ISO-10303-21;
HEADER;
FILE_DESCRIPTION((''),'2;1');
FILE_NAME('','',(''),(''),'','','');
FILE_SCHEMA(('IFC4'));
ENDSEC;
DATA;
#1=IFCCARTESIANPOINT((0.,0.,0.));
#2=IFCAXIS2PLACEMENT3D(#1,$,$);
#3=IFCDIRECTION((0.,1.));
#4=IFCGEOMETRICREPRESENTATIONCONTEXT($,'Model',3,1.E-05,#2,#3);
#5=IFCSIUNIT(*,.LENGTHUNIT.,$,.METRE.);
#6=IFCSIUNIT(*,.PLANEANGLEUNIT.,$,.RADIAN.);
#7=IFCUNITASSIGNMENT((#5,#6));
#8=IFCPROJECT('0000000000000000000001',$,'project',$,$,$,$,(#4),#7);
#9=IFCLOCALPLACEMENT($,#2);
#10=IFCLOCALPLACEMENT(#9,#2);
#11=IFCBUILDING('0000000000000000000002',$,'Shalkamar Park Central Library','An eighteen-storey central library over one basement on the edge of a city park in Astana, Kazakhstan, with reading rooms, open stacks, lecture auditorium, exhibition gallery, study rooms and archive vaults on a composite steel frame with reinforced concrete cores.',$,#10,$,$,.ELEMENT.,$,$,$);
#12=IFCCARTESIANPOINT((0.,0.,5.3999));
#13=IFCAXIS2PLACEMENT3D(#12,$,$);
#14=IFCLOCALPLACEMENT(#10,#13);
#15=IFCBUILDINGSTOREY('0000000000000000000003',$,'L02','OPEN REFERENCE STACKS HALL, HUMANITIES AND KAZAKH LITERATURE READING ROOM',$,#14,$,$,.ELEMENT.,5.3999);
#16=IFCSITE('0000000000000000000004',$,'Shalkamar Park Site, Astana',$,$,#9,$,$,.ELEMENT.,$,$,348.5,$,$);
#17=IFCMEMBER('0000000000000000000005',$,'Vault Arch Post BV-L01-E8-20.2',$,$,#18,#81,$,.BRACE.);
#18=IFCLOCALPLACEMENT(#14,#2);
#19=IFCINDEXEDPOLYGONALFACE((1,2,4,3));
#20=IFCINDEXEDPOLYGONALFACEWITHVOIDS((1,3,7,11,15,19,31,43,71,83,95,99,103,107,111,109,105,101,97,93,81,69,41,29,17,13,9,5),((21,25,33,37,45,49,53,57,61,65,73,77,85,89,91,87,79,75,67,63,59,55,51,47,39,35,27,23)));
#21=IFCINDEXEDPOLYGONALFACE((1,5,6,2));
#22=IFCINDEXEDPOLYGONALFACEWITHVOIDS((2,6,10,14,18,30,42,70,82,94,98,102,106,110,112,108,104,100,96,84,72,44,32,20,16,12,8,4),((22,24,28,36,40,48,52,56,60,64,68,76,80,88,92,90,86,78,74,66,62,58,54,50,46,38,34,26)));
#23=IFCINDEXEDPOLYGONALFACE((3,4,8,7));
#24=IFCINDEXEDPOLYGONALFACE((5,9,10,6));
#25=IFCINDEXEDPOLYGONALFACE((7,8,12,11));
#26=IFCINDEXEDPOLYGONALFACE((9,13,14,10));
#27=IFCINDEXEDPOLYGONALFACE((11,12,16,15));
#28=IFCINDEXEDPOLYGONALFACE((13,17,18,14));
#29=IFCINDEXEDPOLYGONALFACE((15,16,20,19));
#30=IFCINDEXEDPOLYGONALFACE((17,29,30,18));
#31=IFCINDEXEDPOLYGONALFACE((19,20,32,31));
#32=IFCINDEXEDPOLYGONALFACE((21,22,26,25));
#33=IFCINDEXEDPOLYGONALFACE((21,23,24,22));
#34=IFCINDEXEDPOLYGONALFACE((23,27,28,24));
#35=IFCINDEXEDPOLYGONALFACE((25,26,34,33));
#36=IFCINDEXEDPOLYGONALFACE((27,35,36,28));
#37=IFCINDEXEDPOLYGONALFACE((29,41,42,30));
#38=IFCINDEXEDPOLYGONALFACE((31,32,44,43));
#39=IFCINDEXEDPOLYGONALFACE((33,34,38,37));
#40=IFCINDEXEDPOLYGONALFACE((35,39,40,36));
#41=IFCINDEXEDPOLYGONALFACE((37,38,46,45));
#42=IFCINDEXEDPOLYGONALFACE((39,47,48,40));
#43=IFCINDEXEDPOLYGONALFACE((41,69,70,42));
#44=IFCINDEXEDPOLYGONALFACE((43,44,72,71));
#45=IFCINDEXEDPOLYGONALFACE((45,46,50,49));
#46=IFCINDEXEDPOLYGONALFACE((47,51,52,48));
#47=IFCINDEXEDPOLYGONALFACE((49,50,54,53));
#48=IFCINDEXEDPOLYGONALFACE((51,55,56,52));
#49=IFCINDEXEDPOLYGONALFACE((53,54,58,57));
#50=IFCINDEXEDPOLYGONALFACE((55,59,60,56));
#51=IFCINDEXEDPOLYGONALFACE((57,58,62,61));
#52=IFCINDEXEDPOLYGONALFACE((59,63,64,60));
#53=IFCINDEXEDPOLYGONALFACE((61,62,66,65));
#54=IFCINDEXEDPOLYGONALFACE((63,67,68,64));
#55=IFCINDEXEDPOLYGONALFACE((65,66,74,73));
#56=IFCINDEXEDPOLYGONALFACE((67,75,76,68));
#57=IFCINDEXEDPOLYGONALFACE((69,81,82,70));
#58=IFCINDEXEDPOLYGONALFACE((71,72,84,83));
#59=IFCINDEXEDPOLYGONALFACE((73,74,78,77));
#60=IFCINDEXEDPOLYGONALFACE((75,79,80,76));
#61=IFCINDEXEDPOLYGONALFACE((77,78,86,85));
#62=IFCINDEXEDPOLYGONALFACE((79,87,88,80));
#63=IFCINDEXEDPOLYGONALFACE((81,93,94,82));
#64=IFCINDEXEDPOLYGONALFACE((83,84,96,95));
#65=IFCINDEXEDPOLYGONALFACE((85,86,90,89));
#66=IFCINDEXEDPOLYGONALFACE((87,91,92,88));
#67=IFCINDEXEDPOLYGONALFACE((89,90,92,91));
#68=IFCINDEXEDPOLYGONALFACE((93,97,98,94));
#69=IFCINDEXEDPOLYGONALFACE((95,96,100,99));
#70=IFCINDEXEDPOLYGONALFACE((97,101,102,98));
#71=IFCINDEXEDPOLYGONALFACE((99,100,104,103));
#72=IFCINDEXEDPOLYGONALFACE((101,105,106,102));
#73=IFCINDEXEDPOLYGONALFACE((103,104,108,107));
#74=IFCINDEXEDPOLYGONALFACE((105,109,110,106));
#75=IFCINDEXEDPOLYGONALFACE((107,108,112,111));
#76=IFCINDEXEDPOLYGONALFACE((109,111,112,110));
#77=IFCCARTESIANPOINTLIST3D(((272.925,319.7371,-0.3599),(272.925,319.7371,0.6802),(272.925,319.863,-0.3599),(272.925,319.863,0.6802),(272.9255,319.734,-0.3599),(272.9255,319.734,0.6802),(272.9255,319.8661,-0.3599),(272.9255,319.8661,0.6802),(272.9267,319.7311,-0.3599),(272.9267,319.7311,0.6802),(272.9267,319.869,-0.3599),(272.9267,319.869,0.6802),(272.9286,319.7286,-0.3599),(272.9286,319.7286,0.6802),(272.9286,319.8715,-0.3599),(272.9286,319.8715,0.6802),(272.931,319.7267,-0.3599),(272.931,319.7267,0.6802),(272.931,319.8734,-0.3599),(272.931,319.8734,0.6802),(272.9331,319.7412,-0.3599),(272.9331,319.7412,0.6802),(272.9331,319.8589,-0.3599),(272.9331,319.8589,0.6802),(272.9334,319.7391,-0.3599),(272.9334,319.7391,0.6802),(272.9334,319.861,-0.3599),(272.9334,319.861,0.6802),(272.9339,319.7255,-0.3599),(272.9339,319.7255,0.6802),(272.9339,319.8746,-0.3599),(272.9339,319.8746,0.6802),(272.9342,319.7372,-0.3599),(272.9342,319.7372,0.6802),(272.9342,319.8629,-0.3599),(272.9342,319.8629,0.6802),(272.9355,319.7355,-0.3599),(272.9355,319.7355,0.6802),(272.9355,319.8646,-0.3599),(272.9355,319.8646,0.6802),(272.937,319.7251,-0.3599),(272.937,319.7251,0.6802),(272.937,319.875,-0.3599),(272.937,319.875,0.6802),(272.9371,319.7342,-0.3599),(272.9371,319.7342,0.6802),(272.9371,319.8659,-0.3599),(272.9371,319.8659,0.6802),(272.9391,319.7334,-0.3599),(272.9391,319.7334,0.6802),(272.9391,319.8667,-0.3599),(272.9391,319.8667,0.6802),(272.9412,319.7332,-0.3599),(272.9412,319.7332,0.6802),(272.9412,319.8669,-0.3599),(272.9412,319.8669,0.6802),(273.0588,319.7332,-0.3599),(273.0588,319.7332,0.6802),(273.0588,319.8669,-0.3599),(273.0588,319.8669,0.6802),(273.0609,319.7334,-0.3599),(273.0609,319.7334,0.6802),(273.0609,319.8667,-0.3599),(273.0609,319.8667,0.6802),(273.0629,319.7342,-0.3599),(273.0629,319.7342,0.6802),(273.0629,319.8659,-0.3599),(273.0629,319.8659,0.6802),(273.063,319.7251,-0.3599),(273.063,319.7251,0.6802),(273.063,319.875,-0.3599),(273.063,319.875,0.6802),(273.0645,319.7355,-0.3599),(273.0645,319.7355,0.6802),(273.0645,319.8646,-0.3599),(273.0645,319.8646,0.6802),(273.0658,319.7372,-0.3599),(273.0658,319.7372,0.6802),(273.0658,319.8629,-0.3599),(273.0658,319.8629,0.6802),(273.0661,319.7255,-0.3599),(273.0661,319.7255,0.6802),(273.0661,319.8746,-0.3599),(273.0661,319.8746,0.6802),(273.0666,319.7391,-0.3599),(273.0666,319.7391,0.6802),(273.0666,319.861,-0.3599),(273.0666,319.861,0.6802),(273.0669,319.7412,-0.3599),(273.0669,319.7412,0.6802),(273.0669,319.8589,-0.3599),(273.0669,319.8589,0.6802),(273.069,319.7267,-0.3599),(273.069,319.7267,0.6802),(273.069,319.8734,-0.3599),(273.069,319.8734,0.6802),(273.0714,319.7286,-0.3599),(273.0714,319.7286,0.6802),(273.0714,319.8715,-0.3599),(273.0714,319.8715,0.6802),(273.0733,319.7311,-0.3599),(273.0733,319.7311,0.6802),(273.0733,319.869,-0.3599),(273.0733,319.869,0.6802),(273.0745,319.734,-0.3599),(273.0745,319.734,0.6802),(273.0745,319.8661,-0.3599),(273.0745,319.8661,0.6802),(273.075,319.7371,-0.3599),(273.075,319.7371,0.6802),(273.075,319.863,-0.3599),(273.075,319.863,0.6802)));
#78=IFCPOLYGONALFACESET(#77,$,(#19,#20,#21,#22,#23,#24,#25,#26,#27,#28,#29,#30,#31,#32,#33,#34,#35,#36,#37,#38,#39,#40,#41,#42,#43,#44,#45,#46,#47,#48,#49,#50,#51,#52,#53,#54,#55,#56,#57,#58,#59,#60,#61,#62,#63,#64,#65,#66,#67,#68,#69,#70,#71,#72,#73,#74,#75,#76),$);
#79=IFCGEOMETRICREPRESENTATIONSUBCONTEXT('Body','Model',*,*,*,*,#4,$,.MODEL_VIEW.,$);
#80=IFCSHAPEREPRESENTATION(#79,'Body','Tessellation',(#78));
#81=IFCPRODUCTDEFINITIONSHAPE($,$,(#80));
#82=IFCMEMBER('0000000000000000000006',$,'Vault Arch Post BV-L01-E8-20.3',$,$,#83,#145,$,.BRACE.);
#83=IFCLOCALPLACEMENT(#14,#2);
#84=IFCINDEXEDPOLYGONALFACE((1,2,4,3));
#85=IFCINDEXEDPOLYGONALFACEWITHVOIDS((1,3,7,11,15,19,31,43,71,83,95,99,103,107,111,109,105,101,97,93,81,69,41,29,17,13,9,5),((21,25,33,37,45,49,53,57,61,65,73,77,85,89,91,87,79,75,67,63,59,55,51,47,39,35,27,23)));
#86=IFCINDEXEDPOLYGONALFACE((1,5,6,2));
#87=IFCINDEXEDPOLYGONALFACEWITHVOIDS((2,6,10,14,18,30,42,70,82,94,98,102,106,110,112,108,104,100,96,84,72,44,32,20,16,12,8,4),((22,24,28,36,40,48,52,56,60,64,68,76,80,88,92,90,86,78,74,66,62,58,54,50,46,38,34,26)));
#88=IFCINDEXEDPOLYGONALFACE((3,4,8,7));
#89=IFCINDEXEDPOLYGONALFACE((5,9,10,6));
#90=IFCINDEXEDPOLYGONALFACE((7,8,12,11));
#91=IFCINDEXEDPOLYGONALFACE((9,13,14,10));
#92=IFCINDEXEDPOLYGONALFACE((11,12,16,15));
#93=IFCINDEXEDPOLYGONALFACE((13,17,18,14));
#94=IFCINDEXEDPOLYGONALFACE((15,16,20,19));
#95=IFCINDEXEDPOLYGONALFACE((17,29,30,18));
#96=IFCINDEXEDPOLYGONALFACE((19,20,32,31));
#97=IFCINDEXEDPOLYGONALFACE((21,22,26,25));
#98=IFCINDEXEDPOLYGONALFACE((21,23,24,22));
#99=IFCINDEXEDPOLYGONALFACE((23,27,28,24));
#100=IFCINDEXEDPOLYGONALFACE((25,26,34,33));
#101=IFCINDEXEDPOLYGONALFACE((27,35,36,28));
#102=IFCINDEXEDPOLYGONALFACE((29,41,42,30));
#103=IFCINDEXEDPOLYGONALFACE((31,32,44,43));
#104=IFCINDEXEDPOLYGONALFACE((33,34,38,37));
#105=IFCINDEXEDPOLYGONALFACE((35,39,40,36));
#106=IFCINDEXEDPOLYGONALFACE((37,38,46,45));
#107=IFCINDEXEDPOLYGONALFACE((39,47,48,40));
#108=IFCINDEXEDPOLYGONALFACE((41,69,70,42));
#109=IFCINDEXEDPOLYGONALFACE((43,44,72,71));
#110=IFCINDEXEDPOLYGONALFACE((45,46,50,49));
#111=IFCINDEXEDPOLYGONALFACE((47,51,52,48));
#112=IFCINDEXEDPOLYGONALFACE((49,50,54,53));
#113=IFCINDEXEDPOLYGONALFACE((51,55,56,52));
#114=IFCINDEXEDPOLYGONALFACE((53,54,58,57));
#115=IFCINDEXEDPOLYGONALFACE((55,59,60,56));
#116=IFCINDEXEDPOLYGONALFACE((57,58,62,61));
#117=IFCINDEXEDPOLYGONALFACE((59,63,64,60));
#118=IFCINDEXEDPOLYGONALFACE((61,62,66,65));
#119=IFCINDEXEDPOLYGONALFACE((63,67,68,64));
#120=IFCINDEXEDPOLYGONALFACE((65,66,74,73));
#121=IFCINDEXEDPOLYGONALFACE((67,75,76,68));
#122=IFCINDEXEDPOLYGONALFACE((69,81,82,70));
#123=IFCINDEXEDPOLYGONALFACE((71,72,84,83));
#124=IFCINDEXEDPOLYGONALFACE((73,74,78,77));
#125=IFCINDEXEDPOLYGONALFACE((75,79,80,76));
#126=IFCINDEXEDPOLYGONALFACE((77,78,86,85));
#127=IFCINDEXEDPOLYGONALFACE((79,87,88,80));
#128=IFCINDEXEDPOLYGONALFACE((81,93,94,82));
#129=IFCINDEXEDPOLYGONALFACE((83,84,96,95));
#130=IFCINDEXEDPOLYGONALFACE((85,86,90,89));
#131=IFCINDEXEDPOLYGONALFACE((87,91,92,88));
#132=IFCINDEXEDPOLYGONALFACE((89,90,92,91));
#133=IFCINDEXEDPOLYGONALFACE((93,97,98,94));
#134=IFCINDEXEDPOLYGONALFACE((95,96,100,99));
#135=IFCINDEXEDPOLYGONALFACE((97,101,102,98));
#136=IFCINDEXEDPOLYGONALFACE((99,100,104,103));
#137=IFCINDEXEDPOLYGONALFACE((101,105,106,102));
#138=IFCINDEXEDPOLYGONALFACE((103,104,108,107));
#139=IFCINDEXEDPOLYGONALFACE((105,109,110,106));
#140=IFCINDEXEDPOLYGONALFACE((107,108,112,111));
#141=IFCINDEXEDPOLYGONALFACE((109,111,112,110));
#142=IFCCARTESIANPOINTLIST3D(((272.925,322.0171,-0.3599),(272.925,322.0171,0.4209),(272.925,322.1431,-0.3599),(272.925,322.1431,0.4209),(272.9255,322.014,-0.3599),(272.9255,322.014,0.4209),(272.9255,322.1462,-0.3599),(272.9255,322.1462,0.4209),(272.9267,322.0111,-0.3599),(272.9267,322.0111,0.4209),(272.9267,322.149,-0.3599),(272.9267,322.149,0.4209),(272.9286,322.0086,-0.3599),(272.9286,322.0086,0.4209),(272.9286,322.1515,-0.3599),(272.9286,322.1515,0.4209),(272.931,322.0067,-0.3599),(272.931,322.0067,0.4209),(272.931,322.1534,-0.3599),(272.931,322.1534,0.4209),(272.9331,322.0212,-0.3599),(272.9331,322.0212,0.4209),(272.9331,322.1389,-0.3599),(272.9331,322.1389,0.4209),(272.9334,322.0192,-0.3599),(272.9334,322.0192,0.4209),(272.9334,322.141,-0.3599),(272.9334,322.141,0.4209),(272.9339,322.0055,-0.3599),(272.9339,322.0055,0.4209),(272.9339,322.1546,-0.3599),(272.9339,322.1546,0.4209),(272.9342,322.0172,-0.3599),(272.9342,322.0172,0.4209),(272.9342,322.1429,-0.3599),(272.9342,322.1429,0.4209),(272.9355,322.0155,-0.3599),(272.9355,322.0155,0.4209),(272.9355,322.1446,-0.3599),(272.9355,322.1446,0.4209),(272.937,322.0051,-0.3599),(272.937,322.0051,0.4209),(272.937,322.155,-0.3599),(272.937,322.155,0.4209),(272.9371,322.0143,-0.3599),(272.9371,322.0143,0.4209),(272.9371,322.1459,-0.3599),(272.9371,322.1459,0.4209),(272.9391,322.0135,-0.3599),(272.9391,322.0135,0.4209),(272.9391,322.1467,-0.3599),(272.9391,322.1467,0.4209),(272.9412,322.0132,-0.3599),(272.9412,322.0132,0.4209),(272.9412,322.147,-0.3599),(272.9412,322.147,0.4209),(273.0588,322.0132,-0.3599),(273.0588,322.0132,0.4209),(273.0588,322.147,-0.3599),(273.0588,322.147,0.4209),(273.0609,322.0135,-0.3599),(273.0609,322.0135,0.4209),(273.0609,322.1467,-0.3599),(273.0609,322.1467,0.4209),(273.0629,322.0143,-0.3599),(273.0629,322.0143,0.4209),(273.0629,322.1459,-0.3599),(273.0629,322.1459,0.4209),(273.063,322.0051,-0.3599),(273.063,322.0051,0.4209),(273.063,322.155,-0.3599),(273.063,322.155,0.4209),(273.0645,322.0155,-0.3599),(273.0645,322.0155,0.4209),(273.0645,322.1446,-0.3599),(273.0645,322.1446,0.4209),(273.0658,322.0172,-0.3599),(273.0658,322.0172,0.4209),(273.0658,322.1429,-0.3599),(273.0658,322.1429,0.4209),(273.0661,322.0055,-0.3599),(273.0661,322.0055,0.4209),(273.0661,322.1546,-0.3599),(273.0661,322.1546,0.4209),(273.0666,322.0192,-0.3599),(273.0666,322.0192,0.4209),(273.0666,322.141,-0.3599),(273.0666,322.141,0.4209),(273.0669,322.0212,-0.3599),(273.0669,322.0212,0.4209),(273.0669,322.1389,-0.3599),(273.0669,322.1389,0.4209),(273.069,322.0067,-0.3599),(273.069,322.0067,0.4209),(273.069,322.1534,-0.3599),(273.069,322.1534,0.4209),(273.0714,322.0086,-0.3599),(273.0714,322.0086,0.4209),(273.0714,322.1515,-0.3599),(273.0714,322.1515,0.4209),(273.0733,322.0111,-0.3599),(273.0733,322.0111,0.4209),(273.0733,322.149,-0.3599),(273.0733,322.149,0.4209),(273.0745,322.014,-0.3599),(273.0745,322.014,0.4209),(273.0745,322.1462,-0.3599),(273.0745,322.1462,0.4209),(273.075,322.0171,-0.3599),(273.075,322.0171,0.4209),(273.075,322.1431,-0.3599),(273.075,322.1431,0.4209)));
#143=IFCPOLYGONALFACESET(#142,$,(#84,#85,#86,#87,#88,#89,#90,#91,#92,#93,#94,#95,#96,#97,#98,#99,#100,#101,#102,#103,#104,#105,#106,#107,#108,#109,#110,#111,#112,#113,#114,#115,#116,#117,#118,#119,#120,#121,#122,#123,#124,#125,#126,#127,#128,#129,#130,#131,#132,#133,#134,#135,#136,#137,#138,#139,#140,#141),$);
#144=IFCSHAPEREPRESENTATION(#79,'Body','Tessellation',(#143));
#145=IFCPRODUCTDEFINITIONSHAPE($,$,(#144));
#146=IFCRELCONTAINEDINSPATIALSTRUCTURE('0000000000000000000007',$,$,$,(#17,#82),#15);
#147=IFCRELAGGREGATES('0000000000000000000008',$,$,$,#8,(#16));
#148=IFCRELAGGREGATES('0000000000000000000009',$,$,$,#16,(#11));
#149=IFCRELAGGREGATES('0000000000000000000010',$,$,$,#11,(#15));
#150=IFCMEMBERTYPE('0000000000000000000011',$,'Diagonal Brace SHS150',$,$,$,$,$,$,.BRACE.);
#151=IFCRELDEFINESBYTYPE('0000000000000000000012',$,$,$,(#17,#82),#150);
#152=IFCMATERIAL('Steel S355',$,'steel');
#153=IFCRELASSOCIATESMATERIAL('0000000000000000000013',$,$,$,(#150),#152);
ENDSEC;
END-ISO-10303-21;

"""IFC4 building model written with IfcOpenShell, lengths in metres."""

from ifc_helpers import new_model, si_unit, direction, frame, origin, origin_2d, place, context, subcontext, project, spatial, hollow_rectangle, extrude, material, material_profile, profile_set, type_object, element, save


model = new_model("IFC4")

# Units and contexts
model_context = context("Model", 3, precision=1e-05, world=origin(), true_north=direction((0.0, 1.0)))
body_context = subcontext(model_context, "Body", "Model", "MODEL_VIEW")
ifc_project = project(units=[si_unit("LENGTHUNIT", "METRE"), si_unit("PLANEANGLEUNIT", "RADIAN")], contexts=[model_context])

# Site, building, storey
site_placement = place(None, origin())
site = spatial("IfcSite", under=ifc_project, at=site_placement, Name="Shalkamar Park Site, Astana", CompositionType="ELEMENT", RefElevation=348.5)
building_placement = place(site_placement, origin())
building = spatial("IfcBuilding", under=site, at=building_placement, Name="Shalkamar Park Central Library", Description="An eighteen-storey central library over one basement on the edge of a city park in Astana, Kazakhstan, with reading rooms, open stacks, lecture auditorium, exhibition gallery, study rooms and archive vaults on a composite steel frame with reinforced concrete cores.", CompositionType="ELEMENT")
storey_placement = place(building_placement, frame((0.0, 0.0, 5.3999)))
storey = spatial("IfcBuildingStorey", under=building, at=storey_placement, Name="L02", Description="OPEN REFERENCE STACKS HALL, HUMANITIES AND KAZAKH LITERATURE READING ROOM", CompositionType="ELEMENT", Elevation=5.3999)

# Shared definitions
ifc_material_1 = material(Name="Steel S355", Category="steel")

# Members
ifc_material_profile_1 = material_profile(ifc_material_1, hollow_rectangle(XDim=0.1499, YDim=0.1499, WallThickness=0.0081, InnerFilletRadius=0.0081, OuterFilletRadius=0.012, at=origin_2d()), Name="SHS 150x150x8")
ifc_profile_set_1 = profile_set([ifc_material_profile_1], Name="Steel S355")
member_type_1 = type_object("IfcMemberType", Name="Diagonal Brace SHS150", PredefinedType="BRACE", material=ifc_profile_set_1)
member_1_placement = place(storey_placement, frame((273.0, 319.8, -0.3599), z_axis=(0.0, 0.0, 1.0), x_axis=(1.0, 0.0, 0.0)))
element("IfcMember", 1, at=member_1_placement, inside=storey, type_object=member_type_1, Name="Vault Arch Post BV-L01-E8-20.2", PredefinedType="BRACE", context=body_context, shape_type="SweptSolid", body=[
    extrude(hollow_rectangle(XDim=0.1499, YDim=0.1499, WallThickness=0.0081, InnerFilletRadius=0.0081, OuterFilletRadius=0.012, at=origin_2d()), origin(), (0.0, 0.0, 1.0), 1.04),
])
member_2_placement = place(storey_placement, frame((273.0, 322.0801, -0.3599), z_axis=(0.0, 0.0, 1.0), x_axis=(1.0, 0.0, 0.0)))
element("IfcMember", 2, at=member_2_placement, inside=storey, type_object=member_type_1, Name="Vault Arch Post BV-L01-E8-20.3", PredefinedType="BRACE", context=body_context, shape_type="SweptSolid", body=[
    extrude(hollow_rectangle(XDim=0.1499, YDim=0.1499, WallThickness=0.0081, InnerFilletRadius=0.0081, OuterFilletRadius=0.012, at=origin_2d()), origin(), (0.0, 0.0, 1.0), 0.7808),
])

save(model, "model.ifc")
